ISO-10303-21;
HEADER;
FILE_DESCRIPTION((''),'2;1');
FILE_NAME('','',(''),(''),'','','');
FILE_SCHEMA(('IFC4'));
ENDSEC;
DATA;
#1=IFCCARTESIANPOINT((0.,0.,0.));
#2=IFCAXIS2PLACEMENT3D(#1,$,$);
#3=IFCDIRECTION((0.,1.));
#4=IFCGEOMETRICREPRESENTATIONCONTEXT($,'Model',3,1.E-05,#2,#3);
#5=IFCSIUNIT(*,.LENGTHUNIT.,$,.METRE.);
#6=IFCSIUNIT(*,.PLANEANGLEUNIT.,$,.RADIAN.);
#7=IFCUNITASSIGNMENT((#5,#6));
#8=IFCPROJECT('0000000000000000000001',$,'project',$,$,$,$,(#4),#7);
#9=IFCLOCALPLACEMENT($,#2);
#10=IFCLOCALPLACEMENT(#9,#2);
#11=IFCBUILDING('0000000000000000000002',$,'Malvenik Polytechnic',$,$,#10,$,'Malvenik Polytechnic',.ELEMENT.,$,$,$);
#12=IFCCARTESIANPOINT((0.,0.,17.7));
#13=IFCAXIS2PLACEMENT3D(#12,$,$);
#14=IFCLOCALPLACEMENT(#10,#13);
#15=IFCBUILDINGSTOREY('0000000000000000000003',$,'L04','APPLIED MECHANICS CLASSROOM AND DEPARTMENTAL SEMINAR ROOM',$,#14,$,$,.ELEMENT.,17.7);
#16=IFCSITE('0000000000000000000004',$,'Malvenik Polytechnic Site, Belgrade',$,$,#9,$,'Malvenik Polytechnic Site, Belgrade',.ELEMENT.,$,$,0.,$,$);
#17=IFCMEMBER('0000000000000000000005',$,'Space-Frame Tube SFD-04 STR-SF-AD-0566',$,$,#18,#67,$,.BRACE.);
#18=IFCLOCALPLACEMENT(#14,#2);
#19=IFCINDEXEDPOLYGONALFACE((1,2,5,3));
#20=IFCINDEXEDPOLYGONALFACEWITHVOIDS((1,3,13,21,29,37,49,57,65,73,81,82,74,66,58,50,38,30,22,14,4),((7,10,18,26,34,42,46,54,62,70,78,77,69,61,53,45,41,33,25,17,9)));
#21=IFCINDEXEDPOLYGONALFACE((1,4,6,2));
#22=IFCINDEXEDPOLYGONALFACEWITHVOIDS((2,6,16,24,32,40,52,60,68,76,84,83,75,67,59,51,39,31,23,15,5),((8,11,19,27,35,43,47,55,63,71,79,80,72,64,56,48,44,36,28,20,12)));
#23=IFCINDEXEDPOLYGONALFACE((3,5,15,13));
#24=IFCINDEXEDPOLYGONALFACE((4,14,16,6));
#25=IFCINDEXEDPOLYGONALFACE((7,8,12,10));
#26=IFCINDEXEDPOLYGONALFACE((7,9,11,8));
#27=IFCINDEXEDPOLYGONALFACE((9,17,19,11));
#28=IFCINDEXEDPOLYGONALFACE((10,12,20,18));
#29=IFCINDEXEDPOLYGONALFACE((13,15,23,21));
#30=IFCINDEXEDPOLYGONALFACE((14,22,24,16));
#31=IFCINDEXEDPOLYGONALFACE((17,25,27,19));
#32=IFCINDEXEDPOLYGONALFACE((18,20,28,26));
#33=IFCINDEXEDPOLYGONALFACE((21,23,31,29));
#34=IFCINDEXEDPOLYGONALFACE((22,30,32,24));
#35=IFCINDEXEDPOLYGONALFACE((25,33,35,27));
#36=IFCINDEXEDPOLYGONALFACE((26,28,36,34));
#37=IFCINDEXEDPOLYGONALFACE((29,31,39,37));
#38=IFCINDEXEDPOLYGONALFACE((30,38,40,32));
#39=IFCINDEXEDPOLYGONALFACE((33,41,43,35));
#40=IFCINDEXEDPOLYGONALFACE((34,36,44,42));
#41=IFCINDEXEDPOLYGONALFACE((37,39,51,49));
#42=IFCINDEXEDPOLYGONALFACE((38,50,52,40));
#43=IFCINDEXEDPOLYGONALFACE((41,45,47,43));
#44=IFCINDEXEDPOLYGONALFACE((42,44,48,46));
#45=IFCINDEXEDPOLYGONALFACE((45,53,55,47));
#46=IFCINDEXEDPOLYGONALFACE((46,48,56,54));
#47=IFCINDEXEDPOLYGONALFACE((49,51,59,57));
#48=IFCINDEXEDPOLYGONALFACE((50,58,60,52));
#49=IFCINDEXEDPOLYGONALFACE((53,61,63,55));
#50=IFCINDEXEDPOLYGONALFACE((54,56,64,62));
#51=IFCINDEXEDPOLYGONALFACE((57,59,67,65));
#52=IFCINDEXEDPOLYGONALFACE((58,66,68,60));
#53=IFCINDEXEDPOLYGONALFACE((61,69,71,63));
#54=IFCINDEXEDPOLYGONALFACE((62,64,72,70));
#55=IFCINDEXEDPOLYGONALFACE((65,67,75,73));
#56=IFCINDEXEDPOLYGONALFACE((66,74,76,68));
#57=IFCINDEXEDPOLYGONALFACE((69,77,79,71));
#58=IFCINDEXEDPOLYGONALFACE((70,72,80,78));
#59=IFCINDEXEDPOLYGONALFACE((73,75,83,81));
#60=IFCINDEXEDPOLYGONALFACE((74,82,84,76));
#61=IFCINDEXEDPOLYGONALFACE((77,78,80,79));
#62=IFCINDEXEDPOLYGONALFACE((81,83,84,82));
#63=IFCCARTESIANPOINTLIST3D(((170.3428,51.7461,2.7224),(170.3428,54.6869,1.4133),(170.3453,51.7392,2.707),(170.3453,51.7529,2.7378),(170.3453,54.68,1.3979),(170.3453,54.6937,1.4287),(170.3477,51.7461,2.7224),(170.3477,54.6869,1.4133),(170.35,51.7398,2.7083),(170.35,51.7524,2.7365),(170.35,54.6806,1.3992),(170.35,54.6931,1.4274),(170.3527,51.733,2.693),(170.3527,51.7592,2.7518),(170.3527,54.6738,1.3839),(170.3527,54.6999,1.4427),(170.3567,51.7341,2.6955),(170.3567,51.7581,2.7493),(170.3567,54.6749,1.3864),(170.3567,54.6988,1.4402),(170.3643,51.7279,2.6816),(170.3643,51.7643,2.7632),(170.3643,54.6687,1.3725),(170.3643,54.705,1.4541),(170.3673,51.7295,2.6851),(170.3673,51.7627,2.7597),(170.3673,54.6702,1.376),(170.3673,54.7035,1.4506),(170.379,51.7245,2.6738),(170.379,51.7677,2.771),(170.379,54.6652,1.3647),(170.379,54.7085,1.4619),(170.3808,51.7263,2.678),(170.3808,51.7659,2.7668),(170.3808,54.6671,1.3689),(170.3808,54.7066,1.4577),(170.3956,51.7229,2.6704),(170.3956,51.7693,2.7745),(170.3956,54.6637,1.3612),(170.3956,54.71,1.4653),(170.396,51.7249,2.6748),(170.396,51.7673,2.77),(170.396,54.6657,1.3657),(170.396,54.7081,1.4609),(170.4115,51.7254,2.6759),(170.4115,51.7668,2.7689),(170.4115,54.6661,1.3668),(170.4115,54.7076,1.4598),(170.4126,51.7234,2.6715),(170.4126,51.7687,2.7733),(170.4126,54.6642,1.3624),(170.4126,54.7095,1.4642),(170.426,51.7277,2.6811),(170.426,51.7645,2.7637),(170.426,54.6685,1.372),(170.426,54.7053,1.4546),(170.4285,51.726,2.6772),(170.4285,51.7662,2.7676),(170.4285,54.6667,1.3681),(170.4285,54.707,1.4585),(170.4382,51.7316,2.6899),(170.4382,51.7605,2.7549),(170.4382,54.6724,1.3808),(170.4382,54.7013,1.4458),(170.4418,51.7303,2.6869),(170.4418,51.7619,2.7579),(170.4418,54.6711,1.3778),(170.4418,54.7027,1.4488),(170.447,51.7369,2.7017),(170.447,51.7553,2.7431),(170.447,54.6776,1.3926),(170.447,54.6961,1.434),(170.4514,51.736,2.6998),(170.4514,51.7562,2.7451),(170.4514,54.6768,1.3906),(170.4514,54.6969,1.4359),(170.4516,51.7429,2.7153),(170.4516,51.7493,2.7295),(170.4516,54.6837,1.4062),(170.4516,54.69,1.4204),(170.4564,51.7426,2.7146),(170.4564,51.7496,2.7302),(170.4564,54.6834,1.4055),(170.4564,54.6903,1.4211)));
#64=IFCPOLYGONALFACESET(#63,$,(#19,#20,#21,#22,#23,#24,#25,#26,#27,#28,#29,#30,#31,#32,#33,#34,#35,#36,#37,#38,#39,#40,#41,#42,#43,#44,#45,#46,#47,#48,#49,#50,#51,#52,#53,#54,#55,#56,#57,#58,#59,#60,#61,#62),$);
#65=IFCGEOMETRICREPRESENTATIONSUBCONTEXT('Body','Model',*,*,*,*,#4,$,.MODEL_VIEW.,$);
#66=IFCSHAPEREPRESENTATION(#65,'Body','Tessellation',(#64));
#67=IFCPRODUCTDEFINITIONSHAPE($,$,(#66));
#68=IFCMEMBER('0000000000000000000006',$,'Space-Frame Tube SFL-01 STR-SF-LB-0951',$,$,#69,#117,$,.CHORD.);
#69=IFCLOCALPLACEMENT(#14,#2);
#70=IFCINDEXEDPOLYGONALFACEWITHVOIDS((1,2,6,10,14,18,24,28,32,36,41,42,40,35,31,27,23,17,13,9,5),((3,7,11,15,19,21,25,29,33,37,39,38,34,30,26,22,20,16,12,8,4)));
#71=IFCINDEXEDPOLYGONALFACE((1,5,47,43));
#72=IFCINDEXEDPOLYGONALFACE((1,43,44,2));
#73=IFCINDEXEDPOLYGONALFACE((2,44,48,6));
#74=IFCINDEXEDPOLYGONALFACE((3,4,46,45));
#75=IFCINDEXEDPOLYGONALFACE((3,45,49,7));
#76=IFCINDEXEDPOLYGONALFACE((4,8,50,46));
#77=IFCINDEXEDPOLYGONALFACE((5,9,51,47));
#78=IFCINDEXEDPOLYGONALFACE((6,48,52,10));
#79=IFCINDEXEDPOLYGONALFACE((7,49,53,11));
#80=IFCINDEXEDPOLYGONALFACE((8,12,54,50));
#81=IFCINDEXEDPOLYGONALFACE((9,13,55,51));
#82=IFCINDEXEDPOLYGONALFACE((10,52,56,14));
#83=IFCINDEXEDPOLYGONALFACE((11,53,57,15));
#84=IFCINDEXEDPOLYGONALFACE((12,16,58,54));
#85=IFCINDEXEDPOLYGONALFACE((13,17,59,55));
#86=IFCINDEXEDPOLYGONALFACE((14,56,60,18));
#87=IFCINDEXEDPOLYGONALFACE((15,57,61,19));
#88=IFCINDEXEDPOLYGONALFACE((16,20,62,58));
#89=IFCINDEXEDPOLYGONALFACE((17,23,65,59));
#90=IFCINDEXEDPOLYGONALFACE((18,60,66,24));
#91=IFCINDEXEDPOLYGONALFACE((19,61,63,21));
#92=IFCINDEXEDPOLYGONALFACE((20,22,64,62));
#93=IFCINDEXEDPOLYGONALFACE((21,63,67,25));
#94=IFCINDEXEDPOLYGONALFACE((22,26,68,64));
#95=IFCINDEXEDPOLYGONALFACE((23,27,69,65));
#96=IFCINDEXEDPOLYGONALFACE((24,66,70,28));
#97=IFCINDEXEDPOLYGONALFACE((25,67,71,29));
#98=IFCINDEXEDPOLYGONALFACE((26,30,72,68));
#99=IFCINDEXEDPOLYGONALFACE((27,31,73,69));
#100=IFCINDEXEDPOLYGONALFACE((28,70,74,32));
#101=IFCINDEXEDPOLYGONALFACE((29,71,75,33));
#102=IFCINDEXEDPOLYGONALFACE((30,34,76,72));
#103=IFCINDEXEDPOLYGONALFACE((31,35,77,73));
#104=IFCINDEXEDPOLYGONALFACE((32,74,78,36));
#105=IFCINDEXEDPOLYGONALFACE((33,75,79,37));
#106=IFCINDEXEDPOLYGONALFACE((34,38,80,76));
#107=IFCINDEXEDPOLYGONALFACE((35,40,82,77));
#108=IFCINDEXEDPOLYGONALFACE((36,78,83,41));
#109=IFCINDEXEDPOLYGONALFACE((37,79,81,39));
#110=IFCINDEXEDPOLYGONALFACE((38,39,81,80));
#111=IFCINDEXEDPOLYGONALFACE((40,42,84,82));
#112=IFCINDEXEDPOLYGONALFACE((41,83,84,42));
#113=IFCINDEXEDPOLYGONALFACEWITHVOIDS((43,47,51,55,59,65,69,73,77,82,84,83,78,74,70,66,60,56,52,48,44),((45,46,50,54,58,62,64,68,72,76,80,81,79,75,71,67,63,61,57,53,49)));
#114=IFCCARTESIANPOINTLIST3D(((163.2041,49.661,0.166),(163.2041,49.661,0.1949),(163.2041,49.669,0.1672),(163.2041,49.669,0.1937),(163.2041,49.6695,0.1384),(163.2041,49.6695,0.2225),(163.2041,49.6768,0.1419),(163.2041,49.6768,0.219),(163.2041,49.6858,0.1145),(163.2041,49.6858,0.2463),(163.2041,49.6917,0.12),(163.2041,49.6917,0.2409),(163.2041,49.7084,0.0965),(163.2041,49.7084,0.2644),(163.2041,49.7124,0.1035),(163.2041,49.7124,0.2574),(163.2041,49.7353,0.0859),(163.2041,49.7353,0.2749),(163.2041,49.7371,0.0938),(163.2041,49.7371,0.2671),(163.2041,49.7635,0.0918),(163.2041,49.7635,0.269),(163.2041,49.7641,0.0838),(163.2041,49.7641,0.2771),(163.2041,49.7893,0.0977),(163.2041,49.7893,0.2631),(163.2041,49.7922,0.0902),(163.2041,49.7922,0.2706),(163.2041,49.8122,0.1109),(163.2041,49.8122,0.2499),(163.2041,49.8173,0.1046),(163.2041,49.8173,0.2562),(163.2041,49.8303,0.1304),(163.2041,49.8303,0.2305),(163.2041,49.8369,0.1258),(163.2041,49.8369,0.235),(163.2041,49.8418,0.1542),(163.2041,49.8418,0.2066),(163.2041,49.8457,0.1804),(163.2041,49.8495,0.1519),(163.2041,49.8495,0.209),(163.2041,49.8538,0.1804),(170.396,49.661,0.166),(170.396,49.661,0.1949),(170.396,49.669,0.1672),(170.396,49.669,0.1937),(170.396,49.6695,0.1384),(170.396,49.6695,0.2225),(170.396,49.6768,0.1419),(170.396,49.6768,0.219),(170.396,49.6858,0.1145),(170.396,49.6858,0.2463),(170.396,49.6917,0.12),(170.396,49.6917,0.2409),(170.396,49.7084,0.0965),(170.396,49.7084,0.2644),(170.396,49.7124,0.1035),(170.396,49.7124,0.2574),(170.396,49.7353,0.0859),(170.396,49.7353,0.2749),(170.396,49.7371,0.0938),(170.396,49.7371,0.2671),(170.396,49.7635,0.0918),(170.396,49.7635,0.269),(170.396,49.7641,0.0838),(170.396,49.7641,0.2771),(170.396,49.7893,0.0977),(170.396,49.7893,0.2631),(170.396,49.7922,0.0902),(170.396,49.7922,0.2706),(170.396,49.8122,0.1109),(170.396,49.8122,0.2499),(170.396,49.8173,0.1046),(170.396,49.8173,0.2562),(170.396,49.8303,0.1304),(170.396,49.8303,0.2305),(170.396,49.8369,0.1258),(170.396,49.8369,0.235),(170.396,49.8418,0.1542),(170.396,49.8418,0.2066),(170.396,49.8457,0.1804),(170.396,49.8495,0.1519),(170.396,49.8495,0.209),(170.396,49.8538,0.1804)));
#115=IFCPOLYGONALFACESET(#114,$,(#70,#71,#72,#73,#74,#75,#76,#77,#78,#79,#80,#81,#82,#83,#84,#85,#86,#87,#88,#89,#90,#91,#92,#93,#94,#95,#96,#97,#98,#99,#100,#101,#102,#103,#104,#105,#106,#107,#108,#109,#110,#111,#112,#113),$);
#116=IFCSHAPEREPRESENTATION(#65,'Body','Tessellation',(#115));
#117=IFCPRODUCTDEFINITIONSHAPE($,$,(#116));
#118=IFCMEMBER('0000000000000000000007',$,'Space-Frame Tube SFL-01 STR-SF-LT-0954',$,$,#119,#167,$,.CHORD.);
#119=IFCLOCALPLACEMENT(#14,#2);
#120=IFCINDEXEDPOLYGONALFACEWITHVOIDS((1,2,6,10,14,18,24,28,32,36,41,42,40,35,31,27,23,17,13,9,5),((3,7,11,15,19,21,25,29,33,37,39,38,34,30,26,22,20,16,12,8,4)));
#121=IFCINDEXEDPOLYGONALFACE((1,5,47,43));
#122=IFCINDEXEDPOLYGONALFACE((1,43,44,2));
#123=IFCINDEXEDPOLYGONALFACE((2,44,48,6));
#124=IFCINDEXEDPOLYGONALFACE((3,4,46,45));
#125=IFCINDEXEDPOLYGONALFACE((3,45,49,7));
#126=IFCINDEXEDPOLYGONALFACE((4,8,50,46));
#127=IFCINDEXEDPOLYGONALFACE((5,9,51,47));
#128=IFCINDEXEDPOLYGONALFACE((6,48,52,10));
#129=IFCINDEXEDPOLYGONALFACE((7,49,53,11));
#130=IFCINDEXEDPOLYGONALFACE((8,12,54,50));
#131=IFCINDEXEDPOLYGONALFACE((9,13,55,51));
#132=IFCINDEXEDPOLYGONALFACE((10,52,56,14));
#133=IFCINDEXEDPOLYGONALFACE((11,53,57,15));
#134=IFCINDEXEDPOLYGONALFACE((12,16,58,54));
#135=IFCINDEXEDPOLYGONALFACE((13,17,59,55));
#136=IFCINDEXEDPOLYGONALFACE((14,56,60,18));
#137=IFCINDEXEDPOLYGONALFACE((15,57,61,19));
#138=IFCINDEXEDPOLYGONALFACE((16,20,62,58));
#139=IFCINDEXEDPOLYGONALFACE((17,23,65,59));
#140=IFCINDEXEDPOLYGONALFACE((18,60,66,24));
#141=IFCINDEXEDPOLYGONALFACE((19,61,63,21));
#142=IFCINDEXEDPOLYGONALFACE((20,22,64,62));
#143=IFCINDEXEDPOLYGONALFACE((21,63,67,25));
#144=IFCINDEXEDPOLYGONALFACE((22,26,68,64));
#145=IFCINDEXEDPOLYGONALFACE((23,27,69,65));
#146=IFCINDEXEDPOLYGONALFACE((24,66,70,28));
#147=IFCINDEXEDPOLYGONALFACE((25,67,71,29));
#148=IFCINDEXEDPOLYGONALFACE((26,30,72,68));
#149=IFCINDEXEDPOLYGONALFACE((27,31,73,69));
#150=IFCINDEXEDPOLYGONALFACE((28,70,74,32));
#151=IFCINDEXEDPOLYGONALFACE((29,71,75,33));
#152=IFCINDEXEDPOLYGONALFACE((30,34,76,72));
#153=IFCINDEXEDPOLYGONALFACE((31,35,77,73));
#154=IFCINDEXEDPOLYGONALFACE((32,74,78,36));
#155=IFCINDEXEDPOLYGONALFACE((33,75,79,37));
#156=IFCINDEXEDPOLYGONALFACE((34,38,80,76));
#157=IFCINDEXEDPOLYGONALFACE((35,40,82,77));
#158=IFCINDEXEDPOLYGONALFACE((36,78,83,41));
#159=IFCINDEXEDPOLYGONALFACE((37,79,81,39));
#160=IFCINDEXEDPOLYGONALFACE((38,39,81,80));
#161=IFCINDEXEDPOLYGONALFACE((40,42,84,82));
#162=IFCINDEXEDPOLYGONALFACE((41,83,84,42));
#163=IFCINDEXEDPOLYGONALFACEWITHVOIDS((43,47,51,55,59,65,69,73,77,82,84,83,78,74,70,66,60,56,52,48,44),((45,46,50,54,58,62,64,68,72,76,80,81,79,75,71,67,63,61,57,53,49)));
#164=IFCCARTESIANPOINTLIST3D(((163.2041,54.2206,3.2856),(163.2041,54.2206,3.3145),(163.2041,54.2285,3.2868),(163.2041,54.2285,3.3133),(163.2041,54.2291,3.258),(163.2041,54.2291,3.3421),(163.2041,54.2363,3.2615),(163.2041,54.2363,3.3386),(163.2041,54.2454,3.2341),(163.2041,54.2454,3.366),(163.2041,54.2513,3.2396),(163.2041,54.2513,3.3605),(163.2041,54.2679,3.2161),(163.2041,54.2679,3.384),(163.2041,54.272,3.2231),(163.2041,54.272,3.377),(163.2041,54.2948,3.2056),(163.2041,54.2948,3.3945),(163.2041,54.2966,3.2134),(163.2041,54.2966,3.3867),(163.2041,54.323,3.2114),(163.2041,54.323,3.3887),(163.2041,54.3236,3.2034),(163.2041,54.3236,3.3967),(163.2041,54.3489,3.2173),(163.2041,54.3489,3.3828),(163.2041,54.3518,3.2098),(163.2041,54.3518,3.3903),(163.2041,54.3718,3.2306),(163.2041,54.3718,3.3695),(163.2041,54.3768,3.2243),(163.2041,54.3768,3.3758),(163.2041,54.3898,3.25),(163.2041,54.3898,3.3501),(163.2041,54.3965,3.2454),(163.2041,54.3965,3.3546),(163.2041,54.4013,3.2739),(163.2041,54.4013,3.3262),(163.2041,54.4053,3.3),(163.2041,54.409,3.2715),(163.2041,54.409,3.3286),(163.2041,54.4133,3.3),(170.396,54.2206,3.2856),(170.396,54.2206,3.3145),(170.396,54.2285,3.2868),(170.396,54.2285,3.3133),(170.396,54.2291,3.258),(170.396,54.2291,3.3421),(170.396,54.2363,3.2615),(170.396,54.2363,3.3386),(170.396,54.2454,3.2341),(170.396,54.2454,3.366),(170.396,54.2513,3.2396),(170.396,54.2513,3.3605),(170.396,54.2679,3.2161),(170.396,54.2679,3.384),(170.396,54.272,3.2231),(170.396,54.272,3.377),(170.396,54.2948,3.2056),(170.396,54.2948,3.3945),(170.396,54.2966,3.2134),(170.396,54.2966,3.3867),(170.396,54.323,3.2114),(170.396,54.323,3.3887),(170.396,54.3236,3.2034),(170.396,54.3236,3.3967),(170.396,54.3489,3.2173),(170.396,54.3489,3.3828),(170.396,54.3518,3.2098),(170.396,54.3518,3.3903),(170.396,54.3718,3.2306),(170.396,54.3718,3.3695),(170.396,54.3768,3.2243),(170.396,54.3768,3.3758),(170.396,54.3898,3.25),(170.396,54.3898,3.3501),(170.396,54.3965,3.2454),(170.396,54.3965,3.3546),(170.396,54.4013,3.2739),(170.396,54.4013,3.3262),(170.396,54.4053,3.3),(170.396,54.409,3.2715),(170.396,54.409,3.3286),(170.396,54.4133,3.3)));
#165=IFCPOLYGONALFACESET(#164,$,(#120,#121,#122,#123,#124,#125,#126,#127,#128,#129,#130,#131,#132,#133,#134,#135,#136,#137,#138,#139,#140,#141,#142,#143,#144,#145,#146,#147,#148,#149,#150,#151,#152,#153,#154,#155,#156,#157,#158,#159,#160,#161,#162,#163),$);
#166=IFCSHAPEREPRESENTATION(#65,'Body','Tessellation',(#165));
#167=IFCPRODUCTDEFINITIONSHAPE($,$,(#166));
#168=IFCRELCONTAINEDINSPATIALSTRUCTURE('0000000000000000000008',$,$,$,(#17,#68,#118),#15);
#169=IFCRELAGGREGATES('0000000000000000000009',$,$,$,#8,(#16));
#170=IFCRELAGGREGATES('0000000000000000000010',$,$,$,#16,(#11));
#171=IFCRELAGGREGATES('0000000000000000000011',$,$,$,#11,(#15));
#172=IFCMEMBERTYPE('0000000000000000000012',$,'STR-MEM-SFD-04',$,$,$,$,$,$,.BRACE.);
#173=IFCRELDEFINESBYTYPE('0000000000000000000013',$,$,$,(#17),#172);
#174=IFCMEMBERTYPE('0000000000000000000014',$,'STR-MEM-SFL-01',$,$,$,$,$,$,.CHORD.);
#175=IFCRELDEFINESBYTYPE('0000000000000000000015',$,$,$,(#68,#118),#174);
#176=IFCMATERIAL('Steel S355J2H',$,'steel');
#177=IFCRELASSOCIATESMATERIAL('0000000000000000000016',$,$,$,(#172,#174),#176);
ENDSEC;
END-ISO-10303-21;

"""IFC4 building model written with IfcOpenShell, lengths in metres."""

from ifc_helpers import new_model, si_unit, direction, frame, origin, origin_2d, place, context, subcontext, project, spatial, hollow_circle, extrude, material, material_profile, profile_set, type_object, element, save


model = new_model("IFC4")

# Units and contexts
model_context = context("Model", 3, precision=1e-05, world=origin(), true_north=direction((0.0, 1.0)))
body_context = subcontext(model_context, "Body", "Model", "MODEL_VIEW")
ifc_project = project(units=[si_unit("LENGTHUNIT", "METRE"), si_unit("PLANEANGLEUNIT", "RADIAN")], contexts=[model_context])

# Site, building, storey
site_placement = place(None, origin())
site = spatial("IfcSite", under=ifc_project, at=site_placement, Name="Malvenik Polytechnic Site, Belgrade", LongName="Malvenik Polytechnic Site, Belgrade", CompositionType="ELEMENT", RefElevation=0.0)
building_placement = place(site_placement, origin())
building = spatial("IfcBuilding", under=site, at=building_placement, Name="Malvenik Polytechnic", LongName="Malvenik Polytechnic", CompositionType="ELEMENT")
storey_placement = place(building_placement, frame((0.0, 0.0, 17.7)))
storey = spatial("IfcBuildingStorey", under=building, at=storey_placement, Name="L04", Description="APPLIED MECHANICS CLASSROOM AND DEPARTMENTAL SEMINAR ROOM", CompositionType="ELEMENT", Elevation=17.7)

# Members
ifc_material = material(Name="Steel S355J2H", Category="steel")
ifc_material_profile_1 = material_profile(ifc_material, hollow_circle(Radius=0.0571, WallThickness=0.0049, at=origin_2d()), Name="CHS 114.3x5.0")
ifc_profile_set_1 = profile_set([ifc_material_profile_1], Name="Steel S355J2H")
member_type_1 = type_object("IfcMemberType", Name="STR-MEM-SFD-04", PredefinedType="BRACE", material=ifc_profile_set_1)
for number, where, z_axis, x_axis, name in (
    (1, (170.3999, 51.7461, 2.7224), (0.0, 0.913567, -0.406687), (-1.0, 0.0, 0.0), "Space-Frame Tube SFD-04 STR-SF-AD-0566"),
):
    element("IfcMember", number, at=place(storey_placement, frame(where, z_axis=z_axis, x_axis=x_axis)), inside=storey, type_object=member_type_1, Name=name, PredefinedType="BRACE", context=body_context, shape_type="SweptSolid", body=[
        extrude(hollow_circle(Radius=0.0571, WallThickness=0.0049, at=origin_2d()), origin(), (0.0, 0.0, 1.0), 3.219),
    ])
ifc_material_profile_2 = material_profile(ifc_material, hollow_circle(Radius=0.0969, WallThickness=0.0081, at=origin_2d()), Name="CHS 193.7x8.0")
ifc_profile_set_2 = profile_set([ifc_material_profile_2], Name="Steel S355J2H")
member_type_2 = type_object("IfcMemberType", Name="STR-MEM-SFL-01", PredefinedType="CHORD", material=ifc_profile_set_2)
for number, where, z_axis, x_axis, name in (
    (2, (163.2041, 49.7568, 0.1804), (1.0, 0.0, 0.0), (0.0, 1.0, 0.0), "Space-Frame Tube SFL-01 STR-SF-LB-0951"),
    (3, (163.2041, 54.3164, 3.3), (1.0, 0.0, 0.0), (0.0, 1.0, 0.0), "Space-Frame Tube SFL-01 STR-SF-LT-0954"),
):
    element("IfcMember", number, at=place(storey_placement, frame(where, z_axis=z_axis, x_axis=x_axis)), inside=storey, type_object=member_type_2, Name=name, PredefinedType="CHORD", context=body_context, shape_type="SweptSolid", body=[
        extrude(hollow_circle(Radius=0.0969, WallThickness=0.0081, at=origin_2d()), origin(), (0.0, 0.0, 1.0), 7.1919),
    ])

save(model, "model.ifc")
